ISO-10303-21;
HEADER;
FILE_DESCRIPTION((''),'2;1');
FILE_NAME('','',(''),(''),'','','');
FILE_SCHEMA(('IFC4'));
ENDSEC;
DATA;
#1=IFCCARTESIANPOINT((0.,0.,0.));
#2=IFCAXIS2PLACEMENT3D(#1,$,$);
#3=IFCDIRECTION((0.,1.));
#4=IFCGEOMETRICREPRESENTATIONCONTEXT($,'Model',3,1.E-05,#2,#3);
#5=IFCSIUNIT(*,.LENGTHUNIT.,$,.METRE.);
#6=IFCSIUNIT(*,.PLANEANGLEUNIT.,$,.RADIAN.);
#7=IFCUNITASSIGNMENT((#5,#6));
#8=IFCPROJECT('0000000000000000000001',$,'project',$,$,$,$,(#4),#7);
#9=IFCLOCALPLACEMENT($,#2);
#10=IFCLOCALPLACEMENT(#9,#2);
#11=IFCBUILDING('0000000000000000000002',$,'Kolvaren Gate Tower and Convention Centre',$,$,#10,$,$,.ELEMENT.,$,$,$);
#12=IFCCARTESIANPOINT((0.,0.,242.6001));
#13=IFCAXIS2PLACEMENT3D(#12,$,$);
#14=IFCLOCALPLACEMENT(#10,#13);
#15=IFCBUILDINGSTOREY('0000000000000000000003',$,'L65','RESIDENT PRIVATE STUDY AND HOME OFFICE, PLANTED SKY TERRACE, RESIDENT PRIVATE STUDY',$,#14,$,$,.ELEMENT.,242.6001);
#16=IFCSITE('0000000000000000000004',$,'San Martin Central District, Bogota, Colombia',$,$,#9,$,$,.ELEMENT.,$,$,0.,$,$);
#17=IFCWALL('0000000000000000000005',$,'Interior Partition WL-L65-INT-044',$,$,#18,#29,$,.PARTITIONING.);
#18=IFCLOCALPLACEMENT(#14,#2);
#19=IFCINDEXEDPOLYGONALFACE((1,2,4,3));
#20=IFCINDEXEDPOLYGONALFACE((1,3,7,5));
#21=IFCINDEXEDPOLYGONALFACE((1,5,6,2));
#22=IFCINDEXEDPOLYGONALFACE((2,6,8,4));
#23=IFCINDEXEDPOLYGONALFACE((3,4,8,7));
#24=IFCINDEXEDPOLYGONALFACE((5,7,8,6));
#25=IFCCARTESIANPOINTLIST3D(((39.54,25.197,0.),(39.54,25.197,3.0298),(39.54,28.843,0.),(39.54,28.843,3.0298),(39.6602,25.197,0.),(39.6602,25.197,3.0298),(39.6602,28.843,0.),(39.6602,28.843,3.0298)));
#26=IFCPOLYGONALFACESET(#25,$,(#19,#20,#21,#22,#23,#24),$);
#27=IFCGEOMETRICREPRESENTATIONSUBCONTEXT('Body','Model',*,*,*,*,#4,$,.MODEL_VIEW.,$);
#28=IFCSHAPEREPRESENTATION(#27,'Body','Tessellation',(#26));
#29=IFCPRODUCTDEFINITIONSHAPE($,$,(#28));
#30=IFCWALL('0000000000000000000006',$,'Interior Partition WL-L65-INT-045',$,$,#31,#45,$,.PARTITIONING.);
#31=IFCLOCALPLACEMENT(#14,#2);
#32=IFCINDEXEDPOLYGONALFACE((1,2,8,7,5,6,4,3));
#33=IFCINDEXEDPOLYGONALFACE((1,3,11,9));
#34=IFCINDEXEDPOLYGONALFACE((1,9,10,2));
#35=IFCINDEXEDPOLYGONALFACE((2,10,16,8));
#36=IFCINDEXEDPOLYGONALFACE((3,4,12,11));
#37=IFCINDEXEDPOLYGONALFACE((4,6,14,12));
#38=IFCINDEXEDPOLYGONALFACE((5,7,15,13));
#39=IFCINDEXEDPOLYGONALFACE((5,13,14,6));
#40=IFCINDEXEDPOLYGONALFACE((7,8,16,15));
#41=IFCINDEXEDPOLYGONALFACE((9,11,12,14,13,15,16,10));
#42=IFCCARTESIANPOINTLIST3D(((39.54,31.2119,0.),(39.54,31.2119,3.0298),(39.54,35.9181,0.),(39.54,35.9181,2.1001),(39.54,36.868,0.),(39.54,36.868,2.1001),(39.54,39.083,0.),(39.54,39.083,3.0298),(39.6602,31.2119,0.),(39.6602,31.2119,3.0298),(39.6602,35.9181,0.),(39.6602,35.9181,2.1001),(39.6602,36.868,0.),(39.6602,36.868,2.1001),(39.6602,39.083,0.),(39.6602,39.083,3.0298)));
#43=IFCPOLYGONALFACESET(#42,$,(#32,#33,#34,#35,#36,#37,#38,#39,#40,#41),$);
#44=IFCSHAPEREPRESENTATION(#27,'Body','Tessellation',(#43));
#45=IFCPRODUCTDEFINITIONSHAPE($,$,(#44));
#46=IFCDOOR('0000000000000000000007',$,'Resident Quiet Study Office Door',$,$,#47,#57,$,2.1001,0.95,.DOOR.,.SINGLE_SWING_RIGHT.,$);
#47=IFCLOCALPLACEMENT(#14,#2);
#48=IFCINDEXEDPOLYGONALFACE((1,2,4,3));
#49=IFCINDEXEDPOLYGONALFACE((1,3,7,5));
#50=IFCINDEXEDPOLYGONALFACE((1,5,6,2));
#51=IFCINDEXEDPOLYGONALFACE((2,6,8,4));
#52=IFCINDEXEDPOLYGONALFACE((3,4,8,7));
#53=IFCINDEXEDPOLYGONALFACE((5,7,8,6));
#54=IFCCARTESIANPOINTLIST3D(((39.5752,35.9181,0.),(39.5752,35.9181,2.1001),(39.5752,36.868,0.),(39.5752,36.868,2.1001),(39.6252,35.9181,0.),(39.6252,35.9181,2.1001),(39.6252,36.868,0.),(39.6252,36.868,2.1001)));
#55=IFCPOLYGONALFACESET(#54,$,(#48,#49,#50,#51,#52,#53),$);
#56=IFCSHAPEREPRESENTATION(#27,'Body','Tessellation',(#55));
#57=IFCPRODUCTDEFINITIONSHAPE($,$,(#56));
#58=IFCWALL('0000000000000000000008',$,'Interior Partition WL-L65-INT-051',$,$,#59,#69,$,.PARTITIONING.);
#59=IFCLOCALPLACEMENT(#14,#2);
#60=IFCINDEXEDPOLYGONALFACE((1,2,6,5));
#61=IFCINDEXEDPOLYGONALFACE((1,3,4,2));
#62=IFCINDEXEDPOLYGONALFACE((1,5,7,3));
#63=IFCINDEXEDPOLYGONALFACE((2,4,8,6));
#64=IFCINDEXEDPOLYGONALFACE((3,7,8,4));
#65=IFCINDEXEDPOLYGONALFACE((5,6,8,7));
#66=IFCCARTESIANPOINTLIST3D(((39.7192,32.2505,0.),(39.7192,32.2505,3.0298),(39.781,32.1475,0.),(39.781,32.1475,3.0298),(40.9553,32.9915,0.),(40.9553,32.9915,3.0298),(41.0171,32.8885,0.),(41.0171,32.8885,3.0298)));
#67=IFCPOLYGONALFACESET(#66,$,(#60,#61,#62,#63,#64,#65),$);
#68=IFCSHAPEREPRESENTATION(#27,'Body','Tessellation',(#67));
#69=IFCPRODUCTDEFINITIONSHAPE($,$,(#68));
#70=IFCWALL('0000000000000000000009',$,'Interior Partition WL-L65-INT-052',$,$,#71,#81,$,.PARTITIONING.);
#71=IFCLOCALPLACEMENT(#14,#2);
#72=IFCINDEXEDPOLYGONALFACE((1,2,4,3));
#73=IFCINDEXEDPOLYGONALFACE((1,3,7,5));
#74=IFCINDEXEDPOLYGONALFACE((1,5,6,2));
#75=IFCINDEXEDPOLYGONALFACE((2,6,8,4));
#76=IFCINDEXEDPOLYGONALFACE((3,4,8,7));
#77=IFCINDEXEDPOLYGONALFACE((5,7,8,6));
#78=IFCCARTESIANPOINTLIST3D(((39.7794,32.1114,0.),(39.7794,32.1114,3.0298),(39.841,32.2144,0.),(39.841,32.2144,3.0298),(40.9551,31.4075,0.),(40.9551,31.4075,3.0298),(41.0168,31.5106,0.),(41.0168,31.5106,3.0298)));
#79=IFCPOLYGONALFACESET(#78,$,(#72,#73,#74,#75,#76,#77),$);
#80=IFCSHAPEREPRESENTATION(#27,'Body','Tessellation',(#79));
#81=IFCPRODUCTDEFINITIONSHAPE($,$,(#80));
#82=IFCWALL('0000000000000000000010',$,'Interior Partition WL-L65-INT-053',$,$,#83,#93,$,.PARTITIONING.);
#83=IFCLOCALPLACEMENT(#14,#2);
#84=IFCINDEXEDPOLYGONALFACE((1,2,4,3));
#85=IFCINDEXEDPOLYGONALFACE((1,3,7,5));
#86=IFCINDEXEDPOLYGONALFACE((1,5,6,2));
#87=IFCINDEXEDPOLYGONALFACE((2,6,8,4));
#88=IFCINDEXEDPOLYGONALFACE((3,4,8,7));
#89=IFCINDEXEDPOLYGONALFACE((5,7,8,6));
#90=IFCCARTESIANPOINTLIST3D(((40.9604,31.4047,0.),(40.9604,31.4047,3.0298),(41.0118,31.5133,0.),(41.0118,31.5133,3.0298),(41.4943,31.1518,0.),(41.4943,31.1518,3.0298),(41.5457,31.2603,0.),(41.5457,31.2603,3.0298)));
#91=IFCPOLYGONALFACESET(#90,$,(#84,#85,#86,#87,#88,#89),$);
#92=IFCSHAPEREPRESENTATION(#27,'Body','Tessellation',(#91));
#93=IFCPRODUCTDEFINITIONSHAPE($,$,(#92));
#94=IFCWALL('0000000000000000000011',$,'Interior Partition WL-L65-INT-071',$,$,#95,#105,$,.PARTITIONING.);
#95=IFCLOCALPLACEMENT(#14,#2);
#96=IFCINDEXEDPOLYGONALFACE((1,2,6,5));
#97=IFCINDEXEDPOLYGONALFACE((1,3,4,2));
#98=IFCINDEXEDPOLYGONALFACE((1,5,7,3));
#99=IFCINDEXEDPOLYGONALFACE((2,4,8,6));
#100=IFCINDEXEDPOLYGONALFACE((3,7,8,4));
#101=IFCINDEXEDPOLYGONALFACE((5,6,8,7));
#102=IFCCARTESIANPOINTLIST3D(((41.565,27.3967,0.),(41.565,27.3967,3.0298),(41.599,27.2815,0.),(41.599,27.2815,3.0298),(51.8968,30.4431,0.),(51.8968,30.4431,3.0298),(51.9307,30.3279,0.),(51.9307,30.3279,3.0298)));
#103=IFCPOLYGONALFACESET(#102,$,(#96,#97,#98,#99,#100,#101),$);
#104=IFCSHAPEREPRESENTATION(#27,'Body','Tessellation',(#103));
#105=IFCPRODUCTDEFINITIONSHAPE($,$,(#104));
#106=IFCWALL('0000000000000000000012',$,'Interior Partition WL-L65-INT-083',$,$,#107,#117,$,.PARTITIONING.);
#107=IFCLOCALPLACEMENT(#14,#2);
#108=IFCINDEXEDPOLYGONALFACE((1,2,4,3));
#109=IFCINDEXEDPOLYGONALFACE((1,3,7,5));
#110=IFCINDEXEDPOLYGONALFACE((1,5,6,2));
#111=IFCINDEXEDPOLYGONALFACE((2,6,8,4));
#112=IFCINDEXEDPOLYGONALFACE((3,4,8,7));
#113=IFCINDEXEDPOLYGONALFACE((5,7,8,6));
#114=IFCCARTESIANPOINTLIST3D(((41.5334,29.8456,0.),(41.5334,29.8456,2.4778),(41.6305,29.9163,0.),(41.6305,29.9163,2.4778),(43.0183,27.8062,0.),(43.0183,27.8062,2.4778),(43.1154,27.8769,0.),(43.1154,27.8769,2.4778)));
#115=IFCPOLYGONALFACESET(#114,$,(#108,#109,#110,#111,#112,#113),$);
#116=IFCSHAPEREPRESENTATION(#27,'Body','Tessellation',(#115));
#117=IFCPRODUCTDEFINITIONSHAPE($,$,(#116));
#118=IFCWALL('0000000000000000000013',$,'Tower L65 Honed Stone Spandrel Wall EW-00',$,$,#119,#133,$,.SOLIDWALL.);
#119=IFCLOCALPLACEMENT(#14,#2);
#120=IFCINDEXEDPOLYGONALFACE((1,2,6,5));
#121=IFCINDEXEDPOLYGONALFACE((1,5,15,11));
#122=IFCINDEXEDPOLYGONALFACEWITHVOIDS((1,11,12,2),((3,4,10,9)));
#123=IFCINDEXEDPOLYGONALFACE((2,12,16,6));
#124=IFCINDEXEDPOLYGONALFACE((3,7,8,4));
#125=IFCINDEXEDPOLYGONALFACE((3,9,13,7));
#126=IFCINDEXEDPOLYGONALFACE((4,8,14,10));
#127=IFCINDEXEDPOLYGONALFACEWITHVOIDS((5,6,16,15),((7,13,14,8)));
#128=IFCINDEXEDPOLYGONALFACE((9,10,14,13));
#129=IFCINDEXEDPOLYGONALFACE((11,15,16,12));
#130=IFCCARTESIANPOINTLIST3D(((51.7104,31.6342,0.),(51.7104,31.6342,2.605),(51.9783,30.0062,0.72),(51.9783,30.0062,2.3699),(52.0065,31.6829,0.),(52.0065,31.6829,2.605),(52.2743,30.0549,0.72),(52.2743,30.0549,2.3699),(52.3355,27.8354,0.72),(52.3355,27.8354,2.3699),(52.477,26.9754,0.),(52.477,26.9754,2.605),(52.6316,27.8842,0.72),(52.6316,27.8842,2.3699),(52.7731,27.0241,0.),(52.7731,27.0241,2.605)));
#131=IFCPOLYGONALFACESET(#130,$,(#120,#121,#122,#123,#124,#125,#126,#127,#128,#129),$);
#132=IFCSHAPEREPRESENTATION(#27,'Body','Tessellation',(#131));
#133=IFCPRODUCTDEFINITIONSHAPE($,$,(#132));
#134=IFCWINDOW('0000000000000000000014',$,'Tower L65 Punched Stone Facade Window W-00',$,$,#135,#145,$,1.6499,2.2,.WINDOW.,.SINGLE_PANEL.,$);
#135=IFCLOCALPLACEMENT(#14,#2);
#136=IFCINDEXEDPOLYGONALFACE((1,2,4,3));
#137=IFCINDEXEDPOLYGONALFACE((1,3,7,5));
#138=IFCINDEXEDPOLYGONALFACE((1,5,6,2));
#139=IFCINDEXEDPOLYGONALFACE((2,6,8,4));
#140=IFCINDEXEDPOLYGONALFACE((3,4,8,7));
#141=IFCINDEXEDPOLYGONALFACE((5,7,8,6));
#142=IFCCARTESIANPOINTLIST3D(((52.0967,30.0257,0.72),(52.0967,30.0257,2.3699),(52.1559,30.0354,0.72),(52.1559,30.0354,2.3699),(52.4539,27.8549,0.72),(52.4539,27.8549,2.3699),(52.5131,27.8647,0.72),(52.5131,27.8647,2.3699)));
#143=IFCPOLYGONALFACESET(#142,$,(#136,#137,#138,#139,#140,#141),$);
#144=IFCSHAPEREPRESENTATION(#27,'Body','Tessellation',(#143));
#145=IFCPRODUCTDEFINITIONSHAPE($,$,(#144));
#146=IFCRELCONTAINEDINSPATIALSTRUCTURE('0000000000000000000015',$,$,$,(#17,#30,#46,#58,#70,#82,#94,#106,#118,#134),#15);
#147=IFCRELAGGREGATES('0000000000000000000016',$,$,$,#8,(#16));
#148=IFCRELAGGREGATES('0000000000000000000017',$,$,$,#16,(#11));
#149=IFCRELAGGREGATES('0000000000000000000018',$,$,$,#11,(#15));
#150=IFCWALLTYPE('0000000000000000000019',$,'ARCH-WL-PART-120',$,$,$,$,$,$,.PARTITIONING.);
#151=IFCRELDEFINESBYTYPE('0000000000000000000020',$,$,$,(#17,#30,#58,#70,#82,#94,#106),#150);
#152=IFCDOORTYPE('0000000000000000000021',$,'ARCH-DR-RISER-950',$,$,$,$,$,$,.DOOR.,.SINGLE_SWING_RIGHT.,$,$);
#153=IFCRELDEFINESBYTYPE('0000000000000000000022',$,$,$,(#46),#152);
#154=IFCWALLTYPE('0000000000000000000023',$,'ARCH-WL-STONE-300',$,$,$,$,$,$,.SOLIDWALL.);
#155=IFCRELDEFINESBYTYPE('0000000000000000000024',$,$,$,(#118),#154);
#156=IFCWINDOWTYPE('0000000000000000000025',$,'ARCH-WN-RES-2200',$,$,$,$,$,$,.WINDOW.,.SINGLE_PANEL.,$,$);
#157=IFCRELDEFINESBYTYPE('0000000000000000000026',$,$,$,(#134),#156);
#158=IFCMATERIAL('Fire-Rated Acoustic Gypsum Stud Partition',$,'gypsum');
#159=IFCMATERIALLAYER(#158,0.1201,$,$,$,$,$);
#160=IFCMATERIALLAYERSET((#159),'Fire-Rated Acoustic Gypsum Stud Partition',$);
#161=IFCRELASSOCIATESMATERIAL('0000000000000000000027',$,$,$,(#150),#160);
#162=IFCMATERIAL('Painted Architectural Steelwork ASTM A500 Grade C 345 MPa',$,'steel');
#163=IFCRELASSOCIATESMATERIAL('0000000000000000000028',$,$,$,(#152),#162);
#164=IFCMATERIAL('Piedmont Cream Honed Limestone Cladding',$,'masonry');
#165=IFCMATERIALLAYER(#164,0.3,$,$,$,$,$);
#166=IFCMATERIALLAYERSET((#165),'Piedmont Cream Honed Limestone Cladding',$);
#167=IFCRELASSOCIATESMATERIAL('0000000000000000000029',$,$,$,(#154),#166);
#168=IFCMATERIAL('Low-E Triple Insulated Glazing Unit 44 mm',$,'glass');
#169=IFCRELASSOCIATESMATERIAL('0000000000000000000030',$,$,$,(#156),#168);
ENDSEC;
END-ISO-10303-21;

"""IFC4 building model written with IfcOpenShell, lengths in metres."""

from ifc_helpers import new_model, si_unit, direction, frame, frame_2d, origin, place, context, subcontext, project, spatial, rectangle, extrude, material, layer, layer_set, type_object, element, fill, save


model = new_model("IFC4")

# Units and contexts
model_context = context("Model", 3, precision=1e-05, world=origin(), true_north=direction((0.0, 1.0)))
body_context = subcontext(model_context, "Body", "Model", "MODEL_VIEW")
ifc_project = project(units=[si_unit("LENGTHUNIT", "METRE"), si_unit("PLANEANGLEUNIT", "RADIAN")], contexts=[model_context])

# Site, building, storey
site_placement = place(None, origin())
site = spatial("IfcSite", under=ifc_project, at=site_placement, Name="San Martin Central District, Bogota, Colombia", CompositionType="ELEMENT", RefElevation=0.0)
building_placement = place(site_placement, origin())
building = spatial("IfcBuilding", under=site, at=building_placement, Name="Kolvaren Gate Tower and Convention Centre", CompositionType="ELEMENT")
storey_placement = place(building_placement, frame((0.0, 0.0, 242.6001)))
storey = spatial("IfcBuildingStorey", under=building, at=storey_placement, Name="L65", Description="RESIDENT PRIVATE STUDY AND HOME OFFICE, PLANTED SKY TERRACE, RESIDENT PRIVATE STUDY", CompositionType="ELEMENT", Elevation=242.6001)

# Wall
ifc_material_1 = material(Name="Fire-Rated Acoustic Gypsum Stud Partition", Category="gypsum")
ifc_layer_1 = layer(ifc_material_1, 0.1201)
ifc_layer_set_1 = layer_set([ifc_layer_1], Name="Fire-Rated Acoustic Gypsum Stud Partition")
wall_type_1 = type_object("IfcWallType", Name="ARCH-WL-PART-120", PredefinedType="PARTITIONING", material=ifc_layer_set_1)
wall_1_placement = place(storey_placement, frame((39.6001, 25.197, 0.0), z_axis=(0.0, 0.0, 1.0), x_axis=(0.0, 1.0, 0.0)))
element("IfcWall", 1, at=wall_1_placement, inside=storey, type_object=wall_type_1, Name="Interior Partition WL-L65-INT-044", PredefinedType="PARTITIONING", context=body_context, shape_type="SweptSolid", body=[
    extrude(rectangle(XDim=3.646, YDim=0.1201, at=frame_2d((1.823, 0.0))), origin(), (0.0, 0.0, 1.0), 3.0298),
])

# Wall, opening, door
wall_2_placement = place(storey_placement, frame((39.6001, 31.2119, 0.0), z_axis=(0.0, 0.0, 1.0), x_axis=(0.0, 1.0, 0.0)))
wall_2 = element("IfcWall", 2, at=wall_2_placement, inside=storey, type_object=wall_type_1, Name="Interior Partition WL-L65-INT-045", PredefinedType="PARTITIONING", context=body_context, shape_type="SweptSolid", body=[
    extrude(rectangle(XDim=7.8711, YDim=0.1201, at=frame_2d((3.9355, 0.0))), origin(), (0.0, 0.0, 1.0), 3.0298),
])
opening_1_placement = place(wall_2_placement, frame((4.7061, 0.0, 0.0)))
opening_1 = element("IfcOpeningElement", 3, at=opening_1_placement, cuts=wall_2, PredefinedType="OPENING", context=body_context, shape_type="SweptSolid", body=[
    extrude(rectangle(XDim=0.95, YDim=2.1001, at=frame_2d((0.4751, 1.05))), frame((0.0, 0.0701, 0.0), z_axis=(0.0, -1.0, 0.0), x_axis=(1.0, 0.0, 0.0)), (0.0, 0.0, 1.0), 0.1401),
])
ifc_material_2 = material(Name="Painted Architectural Steelwork ASTM A500 Grade C 345 MPa", Category="steel")
door_type = type_object("IfcDoorType", Name="ARCH-DR-RISER-950", OperationType="SINGLE_SWING_RIGHT", PredefinedType="DOOR", material=ifc_material_2)
door_placement = place(opening_1_placement, origin())
door = element("IfcDoor", 4, at=door_placement, inside=storey, type_object=door_type, Name="Resident Quiet Study Office Door", OperationType="SINGLE_SWING_RIGHT", OverallHeight=2.1001, OverallWidth=0.95, PredefinedType="DOOR", context=body_context, shape_type="SweptSolid", body=[
    extrude(rectangle(XDim=0.95, YDim=2.1001, at=frame_2d((0.4751, 1.05))), frame((0.0, 0.0249, 0.0), z_axis=(0.0, -1.0, 0.0), x_axis=(1.0, 0.0, 0.0)), (0.0, 0.0, 1.0), 0.05),
])
fill(opening_1, door)

# Walls
wall_3_placement = place(storey_placement, frame((39.75, 32.199, 0.0), z_axis=(0.0, 0.0, 1.0), x_axis=(0.857702, 0.514147, 0.0)))
element("IfcWall", 5, at=wall_3_placement, inside=storey, type_object=wall_type_1, Name="Interior Partition WL-L65-INT-051", PredefinedType="PARTITIONING", context=body_context, shape_type="SweptSolid", body=[
    extrude(rectangle(XDim=1.4412, YDim=0.1201, at=frame_2d((0.7207, 0.0))), origin(), (0.0, 0.0, 1.0), 3.0298),
])
wall_4_placement = place(storey_placement, frame((39.8103, 32.1628, 0.0), z_axis=(0.0, 0.0, 1.0), x_axis=(0.858011, -0.513631, 0.0)))
element("IfcWall", 6, at=wall_4_placement, inside=storey, type_object=wall_type_1, Name="Interior Partition WL-L65-INT-052", PredefinedType="PARTITIONING", context=body_context, shape_type="SweptSolid", body=[
    extrude(rectangle(XDim=1.3704, YDim=0.1201, at=frame_2d((0.6851, 0.0))), origin(), (0.0, 0.0, 1.0), 3.0298),
])
wall_5_placement = place(storey_placement, frame((40.9861, 31.459, 0.0), z_axis=(0.0, 0.0, 1.0), x_axis=(0.903729, -0.428104, 0.0)))
element("IfcWall", 7, at=wall_5_placement, inside=storey, type_object=wall_type_1, Name="Interior Partition WL-L65-INT-053", PredefinedType="PARTITIONING", context=body_context, shape_type="SweptSolid", body=[
    extrude(rectangle(XDim=0.5908, YDim=0.1201, at=frame_2d((0.2954, 0.0))), origin(), (0.0, 0.0, 1.0), 3.0298),
])
wall_6_placement = place(storey_placement, frame((41.582, 27.3391, 0.0), z_axis=(0.0, 0.0, 1.0), x_axis=(0.959174, 0.282818, 0.0)))
element("IfcWall", 8, at=wall_6_placement, inside=storey, type_object=wall_type_1, Name="Interior Partition WL-L65-INT-071", PredefinedType="PARTITIONING", context=body_context, shape_type="SweptSolid", body=[
    extrude(rectangle(XDim=10.7715, YDim=0.1201, at=frame_2d((5.3857, 0.0))), origin(), (0.0, 0.0, 1.0), 3.0298),
])
wall_7_placement = place(storey_placement, frame((41.582, 29.8809, 0.0), z_axis=(0.0, 0.0, 1.0), x_axis=(0.58862, -0.80841, 0.0)))
element("IfcWall", 9, at=wall_7_placement, inside=storey, type_object=wall_type_1, Name="Interior Partition WL-L65-INT-083", PredefinedType="PARTITIONING", context=body_context, shape_type="SweptSolid", body=[
    extrude(rectangle(XDim=2.5227, YDim=0.1201, at=frame_2d((1.2612, 0.0))), origin(), (0.0, 0.0, 1.0), 2.4778),
])

# Wall, opening, window
ifc_material_3 = material(Name="Piedmont Cream Honed Limestone Cladding", Category="masonry")
ifc_layer_2 = layer(ifc_material_3, 0.3)
ifc_layer_set_2 = layer_set([ifc_layer_2], Name="Piedmont Cream Honed Limestone Cladding")
wall_type_2 = type_object("IfcWallType", Name="ARCH-WL-STONE-300", PredefinedType="SOLIDWALL", material=ifc_layer_set_2)
wall_8_placement = place(storey_placement, frame((51.8584, 31.6587, 0.0), z_axis=(0.0, 0.0, 1.0), x_axis=(0.162369, -0.98673, 0.0)))
wall_8 = element("IfcWall", 10, at=wall_8_placement, inside=storey, type_object=wall_type_2, Name="Tower L65 Honed Stone Spandrel Wall EW-00", PredefinedType="SOLIDWALL", context=body_context, shape_type="SweptSolid", body=[
    extrude(rectangle(XDim=4.7214, YDim=0.3, at=frame_2d((2.3608, 0.0))), origin(), (0.0, 0.0, 1.0), 2.605),
])
opening_2_placement = place(wall_8_placement, frame((1.6499, 0.0, 0.72)))
opening_2 = element("IfcOpeningElement", 11, at=opening_2_placement, cuts=wall_8, PredefinedType="OPENING", context=body_context, shape_type="SweptSolid", body=[
    extrude(rectangle(XDim=2.2, YDim=1.6499, at=frame_2d((1.1001, 0.825))), frame((0.0, 0.1599, 0.0), z_axis=(0.0, -1.0, 0.0), x_axis=(1.0, 0.0, 0.0)), (0.0, 0.0, 1.0), 0.3201),
])
ifc_material_4 = material(Name="Low-E Triple Insulated Glazing Unit 44 mm", Category="glass")
window_type = type_object("IfcWindowType", Name="ARCH-WN-RES-2200", PartitioningType="SINGLE_PANEL", PredefinedType="WINDOW", material=ifc_material_4)
window_placement = place(opening_2_placement, origin())
window = element("IfcWindow", 12, at=window_placement, inside=storey, type_object=window_type, Name="Tower L65 Punched Stone Facade Window W-00", OverallHeight=1.6499, OverallWidth=2.2, PartitioningType="SINGLE_PANEL", PredefinedType="WINDOW", context=body_context, shape_type="SweptSolid", body=[
    extrude(rectangle(XDim=2.2, YDim=1.6499, at=frame_2d((1.1001, 0.825))), frame((0.0, 0.03, 0.0), z_axis=(0.0, -1.0, 0.0), x_axis=(1.0, 0.0, 0.0)), (0.0, 0.0, 1.0), 0.0601),
])
fill(opening_2, window)

save(model, "model.ifc")
